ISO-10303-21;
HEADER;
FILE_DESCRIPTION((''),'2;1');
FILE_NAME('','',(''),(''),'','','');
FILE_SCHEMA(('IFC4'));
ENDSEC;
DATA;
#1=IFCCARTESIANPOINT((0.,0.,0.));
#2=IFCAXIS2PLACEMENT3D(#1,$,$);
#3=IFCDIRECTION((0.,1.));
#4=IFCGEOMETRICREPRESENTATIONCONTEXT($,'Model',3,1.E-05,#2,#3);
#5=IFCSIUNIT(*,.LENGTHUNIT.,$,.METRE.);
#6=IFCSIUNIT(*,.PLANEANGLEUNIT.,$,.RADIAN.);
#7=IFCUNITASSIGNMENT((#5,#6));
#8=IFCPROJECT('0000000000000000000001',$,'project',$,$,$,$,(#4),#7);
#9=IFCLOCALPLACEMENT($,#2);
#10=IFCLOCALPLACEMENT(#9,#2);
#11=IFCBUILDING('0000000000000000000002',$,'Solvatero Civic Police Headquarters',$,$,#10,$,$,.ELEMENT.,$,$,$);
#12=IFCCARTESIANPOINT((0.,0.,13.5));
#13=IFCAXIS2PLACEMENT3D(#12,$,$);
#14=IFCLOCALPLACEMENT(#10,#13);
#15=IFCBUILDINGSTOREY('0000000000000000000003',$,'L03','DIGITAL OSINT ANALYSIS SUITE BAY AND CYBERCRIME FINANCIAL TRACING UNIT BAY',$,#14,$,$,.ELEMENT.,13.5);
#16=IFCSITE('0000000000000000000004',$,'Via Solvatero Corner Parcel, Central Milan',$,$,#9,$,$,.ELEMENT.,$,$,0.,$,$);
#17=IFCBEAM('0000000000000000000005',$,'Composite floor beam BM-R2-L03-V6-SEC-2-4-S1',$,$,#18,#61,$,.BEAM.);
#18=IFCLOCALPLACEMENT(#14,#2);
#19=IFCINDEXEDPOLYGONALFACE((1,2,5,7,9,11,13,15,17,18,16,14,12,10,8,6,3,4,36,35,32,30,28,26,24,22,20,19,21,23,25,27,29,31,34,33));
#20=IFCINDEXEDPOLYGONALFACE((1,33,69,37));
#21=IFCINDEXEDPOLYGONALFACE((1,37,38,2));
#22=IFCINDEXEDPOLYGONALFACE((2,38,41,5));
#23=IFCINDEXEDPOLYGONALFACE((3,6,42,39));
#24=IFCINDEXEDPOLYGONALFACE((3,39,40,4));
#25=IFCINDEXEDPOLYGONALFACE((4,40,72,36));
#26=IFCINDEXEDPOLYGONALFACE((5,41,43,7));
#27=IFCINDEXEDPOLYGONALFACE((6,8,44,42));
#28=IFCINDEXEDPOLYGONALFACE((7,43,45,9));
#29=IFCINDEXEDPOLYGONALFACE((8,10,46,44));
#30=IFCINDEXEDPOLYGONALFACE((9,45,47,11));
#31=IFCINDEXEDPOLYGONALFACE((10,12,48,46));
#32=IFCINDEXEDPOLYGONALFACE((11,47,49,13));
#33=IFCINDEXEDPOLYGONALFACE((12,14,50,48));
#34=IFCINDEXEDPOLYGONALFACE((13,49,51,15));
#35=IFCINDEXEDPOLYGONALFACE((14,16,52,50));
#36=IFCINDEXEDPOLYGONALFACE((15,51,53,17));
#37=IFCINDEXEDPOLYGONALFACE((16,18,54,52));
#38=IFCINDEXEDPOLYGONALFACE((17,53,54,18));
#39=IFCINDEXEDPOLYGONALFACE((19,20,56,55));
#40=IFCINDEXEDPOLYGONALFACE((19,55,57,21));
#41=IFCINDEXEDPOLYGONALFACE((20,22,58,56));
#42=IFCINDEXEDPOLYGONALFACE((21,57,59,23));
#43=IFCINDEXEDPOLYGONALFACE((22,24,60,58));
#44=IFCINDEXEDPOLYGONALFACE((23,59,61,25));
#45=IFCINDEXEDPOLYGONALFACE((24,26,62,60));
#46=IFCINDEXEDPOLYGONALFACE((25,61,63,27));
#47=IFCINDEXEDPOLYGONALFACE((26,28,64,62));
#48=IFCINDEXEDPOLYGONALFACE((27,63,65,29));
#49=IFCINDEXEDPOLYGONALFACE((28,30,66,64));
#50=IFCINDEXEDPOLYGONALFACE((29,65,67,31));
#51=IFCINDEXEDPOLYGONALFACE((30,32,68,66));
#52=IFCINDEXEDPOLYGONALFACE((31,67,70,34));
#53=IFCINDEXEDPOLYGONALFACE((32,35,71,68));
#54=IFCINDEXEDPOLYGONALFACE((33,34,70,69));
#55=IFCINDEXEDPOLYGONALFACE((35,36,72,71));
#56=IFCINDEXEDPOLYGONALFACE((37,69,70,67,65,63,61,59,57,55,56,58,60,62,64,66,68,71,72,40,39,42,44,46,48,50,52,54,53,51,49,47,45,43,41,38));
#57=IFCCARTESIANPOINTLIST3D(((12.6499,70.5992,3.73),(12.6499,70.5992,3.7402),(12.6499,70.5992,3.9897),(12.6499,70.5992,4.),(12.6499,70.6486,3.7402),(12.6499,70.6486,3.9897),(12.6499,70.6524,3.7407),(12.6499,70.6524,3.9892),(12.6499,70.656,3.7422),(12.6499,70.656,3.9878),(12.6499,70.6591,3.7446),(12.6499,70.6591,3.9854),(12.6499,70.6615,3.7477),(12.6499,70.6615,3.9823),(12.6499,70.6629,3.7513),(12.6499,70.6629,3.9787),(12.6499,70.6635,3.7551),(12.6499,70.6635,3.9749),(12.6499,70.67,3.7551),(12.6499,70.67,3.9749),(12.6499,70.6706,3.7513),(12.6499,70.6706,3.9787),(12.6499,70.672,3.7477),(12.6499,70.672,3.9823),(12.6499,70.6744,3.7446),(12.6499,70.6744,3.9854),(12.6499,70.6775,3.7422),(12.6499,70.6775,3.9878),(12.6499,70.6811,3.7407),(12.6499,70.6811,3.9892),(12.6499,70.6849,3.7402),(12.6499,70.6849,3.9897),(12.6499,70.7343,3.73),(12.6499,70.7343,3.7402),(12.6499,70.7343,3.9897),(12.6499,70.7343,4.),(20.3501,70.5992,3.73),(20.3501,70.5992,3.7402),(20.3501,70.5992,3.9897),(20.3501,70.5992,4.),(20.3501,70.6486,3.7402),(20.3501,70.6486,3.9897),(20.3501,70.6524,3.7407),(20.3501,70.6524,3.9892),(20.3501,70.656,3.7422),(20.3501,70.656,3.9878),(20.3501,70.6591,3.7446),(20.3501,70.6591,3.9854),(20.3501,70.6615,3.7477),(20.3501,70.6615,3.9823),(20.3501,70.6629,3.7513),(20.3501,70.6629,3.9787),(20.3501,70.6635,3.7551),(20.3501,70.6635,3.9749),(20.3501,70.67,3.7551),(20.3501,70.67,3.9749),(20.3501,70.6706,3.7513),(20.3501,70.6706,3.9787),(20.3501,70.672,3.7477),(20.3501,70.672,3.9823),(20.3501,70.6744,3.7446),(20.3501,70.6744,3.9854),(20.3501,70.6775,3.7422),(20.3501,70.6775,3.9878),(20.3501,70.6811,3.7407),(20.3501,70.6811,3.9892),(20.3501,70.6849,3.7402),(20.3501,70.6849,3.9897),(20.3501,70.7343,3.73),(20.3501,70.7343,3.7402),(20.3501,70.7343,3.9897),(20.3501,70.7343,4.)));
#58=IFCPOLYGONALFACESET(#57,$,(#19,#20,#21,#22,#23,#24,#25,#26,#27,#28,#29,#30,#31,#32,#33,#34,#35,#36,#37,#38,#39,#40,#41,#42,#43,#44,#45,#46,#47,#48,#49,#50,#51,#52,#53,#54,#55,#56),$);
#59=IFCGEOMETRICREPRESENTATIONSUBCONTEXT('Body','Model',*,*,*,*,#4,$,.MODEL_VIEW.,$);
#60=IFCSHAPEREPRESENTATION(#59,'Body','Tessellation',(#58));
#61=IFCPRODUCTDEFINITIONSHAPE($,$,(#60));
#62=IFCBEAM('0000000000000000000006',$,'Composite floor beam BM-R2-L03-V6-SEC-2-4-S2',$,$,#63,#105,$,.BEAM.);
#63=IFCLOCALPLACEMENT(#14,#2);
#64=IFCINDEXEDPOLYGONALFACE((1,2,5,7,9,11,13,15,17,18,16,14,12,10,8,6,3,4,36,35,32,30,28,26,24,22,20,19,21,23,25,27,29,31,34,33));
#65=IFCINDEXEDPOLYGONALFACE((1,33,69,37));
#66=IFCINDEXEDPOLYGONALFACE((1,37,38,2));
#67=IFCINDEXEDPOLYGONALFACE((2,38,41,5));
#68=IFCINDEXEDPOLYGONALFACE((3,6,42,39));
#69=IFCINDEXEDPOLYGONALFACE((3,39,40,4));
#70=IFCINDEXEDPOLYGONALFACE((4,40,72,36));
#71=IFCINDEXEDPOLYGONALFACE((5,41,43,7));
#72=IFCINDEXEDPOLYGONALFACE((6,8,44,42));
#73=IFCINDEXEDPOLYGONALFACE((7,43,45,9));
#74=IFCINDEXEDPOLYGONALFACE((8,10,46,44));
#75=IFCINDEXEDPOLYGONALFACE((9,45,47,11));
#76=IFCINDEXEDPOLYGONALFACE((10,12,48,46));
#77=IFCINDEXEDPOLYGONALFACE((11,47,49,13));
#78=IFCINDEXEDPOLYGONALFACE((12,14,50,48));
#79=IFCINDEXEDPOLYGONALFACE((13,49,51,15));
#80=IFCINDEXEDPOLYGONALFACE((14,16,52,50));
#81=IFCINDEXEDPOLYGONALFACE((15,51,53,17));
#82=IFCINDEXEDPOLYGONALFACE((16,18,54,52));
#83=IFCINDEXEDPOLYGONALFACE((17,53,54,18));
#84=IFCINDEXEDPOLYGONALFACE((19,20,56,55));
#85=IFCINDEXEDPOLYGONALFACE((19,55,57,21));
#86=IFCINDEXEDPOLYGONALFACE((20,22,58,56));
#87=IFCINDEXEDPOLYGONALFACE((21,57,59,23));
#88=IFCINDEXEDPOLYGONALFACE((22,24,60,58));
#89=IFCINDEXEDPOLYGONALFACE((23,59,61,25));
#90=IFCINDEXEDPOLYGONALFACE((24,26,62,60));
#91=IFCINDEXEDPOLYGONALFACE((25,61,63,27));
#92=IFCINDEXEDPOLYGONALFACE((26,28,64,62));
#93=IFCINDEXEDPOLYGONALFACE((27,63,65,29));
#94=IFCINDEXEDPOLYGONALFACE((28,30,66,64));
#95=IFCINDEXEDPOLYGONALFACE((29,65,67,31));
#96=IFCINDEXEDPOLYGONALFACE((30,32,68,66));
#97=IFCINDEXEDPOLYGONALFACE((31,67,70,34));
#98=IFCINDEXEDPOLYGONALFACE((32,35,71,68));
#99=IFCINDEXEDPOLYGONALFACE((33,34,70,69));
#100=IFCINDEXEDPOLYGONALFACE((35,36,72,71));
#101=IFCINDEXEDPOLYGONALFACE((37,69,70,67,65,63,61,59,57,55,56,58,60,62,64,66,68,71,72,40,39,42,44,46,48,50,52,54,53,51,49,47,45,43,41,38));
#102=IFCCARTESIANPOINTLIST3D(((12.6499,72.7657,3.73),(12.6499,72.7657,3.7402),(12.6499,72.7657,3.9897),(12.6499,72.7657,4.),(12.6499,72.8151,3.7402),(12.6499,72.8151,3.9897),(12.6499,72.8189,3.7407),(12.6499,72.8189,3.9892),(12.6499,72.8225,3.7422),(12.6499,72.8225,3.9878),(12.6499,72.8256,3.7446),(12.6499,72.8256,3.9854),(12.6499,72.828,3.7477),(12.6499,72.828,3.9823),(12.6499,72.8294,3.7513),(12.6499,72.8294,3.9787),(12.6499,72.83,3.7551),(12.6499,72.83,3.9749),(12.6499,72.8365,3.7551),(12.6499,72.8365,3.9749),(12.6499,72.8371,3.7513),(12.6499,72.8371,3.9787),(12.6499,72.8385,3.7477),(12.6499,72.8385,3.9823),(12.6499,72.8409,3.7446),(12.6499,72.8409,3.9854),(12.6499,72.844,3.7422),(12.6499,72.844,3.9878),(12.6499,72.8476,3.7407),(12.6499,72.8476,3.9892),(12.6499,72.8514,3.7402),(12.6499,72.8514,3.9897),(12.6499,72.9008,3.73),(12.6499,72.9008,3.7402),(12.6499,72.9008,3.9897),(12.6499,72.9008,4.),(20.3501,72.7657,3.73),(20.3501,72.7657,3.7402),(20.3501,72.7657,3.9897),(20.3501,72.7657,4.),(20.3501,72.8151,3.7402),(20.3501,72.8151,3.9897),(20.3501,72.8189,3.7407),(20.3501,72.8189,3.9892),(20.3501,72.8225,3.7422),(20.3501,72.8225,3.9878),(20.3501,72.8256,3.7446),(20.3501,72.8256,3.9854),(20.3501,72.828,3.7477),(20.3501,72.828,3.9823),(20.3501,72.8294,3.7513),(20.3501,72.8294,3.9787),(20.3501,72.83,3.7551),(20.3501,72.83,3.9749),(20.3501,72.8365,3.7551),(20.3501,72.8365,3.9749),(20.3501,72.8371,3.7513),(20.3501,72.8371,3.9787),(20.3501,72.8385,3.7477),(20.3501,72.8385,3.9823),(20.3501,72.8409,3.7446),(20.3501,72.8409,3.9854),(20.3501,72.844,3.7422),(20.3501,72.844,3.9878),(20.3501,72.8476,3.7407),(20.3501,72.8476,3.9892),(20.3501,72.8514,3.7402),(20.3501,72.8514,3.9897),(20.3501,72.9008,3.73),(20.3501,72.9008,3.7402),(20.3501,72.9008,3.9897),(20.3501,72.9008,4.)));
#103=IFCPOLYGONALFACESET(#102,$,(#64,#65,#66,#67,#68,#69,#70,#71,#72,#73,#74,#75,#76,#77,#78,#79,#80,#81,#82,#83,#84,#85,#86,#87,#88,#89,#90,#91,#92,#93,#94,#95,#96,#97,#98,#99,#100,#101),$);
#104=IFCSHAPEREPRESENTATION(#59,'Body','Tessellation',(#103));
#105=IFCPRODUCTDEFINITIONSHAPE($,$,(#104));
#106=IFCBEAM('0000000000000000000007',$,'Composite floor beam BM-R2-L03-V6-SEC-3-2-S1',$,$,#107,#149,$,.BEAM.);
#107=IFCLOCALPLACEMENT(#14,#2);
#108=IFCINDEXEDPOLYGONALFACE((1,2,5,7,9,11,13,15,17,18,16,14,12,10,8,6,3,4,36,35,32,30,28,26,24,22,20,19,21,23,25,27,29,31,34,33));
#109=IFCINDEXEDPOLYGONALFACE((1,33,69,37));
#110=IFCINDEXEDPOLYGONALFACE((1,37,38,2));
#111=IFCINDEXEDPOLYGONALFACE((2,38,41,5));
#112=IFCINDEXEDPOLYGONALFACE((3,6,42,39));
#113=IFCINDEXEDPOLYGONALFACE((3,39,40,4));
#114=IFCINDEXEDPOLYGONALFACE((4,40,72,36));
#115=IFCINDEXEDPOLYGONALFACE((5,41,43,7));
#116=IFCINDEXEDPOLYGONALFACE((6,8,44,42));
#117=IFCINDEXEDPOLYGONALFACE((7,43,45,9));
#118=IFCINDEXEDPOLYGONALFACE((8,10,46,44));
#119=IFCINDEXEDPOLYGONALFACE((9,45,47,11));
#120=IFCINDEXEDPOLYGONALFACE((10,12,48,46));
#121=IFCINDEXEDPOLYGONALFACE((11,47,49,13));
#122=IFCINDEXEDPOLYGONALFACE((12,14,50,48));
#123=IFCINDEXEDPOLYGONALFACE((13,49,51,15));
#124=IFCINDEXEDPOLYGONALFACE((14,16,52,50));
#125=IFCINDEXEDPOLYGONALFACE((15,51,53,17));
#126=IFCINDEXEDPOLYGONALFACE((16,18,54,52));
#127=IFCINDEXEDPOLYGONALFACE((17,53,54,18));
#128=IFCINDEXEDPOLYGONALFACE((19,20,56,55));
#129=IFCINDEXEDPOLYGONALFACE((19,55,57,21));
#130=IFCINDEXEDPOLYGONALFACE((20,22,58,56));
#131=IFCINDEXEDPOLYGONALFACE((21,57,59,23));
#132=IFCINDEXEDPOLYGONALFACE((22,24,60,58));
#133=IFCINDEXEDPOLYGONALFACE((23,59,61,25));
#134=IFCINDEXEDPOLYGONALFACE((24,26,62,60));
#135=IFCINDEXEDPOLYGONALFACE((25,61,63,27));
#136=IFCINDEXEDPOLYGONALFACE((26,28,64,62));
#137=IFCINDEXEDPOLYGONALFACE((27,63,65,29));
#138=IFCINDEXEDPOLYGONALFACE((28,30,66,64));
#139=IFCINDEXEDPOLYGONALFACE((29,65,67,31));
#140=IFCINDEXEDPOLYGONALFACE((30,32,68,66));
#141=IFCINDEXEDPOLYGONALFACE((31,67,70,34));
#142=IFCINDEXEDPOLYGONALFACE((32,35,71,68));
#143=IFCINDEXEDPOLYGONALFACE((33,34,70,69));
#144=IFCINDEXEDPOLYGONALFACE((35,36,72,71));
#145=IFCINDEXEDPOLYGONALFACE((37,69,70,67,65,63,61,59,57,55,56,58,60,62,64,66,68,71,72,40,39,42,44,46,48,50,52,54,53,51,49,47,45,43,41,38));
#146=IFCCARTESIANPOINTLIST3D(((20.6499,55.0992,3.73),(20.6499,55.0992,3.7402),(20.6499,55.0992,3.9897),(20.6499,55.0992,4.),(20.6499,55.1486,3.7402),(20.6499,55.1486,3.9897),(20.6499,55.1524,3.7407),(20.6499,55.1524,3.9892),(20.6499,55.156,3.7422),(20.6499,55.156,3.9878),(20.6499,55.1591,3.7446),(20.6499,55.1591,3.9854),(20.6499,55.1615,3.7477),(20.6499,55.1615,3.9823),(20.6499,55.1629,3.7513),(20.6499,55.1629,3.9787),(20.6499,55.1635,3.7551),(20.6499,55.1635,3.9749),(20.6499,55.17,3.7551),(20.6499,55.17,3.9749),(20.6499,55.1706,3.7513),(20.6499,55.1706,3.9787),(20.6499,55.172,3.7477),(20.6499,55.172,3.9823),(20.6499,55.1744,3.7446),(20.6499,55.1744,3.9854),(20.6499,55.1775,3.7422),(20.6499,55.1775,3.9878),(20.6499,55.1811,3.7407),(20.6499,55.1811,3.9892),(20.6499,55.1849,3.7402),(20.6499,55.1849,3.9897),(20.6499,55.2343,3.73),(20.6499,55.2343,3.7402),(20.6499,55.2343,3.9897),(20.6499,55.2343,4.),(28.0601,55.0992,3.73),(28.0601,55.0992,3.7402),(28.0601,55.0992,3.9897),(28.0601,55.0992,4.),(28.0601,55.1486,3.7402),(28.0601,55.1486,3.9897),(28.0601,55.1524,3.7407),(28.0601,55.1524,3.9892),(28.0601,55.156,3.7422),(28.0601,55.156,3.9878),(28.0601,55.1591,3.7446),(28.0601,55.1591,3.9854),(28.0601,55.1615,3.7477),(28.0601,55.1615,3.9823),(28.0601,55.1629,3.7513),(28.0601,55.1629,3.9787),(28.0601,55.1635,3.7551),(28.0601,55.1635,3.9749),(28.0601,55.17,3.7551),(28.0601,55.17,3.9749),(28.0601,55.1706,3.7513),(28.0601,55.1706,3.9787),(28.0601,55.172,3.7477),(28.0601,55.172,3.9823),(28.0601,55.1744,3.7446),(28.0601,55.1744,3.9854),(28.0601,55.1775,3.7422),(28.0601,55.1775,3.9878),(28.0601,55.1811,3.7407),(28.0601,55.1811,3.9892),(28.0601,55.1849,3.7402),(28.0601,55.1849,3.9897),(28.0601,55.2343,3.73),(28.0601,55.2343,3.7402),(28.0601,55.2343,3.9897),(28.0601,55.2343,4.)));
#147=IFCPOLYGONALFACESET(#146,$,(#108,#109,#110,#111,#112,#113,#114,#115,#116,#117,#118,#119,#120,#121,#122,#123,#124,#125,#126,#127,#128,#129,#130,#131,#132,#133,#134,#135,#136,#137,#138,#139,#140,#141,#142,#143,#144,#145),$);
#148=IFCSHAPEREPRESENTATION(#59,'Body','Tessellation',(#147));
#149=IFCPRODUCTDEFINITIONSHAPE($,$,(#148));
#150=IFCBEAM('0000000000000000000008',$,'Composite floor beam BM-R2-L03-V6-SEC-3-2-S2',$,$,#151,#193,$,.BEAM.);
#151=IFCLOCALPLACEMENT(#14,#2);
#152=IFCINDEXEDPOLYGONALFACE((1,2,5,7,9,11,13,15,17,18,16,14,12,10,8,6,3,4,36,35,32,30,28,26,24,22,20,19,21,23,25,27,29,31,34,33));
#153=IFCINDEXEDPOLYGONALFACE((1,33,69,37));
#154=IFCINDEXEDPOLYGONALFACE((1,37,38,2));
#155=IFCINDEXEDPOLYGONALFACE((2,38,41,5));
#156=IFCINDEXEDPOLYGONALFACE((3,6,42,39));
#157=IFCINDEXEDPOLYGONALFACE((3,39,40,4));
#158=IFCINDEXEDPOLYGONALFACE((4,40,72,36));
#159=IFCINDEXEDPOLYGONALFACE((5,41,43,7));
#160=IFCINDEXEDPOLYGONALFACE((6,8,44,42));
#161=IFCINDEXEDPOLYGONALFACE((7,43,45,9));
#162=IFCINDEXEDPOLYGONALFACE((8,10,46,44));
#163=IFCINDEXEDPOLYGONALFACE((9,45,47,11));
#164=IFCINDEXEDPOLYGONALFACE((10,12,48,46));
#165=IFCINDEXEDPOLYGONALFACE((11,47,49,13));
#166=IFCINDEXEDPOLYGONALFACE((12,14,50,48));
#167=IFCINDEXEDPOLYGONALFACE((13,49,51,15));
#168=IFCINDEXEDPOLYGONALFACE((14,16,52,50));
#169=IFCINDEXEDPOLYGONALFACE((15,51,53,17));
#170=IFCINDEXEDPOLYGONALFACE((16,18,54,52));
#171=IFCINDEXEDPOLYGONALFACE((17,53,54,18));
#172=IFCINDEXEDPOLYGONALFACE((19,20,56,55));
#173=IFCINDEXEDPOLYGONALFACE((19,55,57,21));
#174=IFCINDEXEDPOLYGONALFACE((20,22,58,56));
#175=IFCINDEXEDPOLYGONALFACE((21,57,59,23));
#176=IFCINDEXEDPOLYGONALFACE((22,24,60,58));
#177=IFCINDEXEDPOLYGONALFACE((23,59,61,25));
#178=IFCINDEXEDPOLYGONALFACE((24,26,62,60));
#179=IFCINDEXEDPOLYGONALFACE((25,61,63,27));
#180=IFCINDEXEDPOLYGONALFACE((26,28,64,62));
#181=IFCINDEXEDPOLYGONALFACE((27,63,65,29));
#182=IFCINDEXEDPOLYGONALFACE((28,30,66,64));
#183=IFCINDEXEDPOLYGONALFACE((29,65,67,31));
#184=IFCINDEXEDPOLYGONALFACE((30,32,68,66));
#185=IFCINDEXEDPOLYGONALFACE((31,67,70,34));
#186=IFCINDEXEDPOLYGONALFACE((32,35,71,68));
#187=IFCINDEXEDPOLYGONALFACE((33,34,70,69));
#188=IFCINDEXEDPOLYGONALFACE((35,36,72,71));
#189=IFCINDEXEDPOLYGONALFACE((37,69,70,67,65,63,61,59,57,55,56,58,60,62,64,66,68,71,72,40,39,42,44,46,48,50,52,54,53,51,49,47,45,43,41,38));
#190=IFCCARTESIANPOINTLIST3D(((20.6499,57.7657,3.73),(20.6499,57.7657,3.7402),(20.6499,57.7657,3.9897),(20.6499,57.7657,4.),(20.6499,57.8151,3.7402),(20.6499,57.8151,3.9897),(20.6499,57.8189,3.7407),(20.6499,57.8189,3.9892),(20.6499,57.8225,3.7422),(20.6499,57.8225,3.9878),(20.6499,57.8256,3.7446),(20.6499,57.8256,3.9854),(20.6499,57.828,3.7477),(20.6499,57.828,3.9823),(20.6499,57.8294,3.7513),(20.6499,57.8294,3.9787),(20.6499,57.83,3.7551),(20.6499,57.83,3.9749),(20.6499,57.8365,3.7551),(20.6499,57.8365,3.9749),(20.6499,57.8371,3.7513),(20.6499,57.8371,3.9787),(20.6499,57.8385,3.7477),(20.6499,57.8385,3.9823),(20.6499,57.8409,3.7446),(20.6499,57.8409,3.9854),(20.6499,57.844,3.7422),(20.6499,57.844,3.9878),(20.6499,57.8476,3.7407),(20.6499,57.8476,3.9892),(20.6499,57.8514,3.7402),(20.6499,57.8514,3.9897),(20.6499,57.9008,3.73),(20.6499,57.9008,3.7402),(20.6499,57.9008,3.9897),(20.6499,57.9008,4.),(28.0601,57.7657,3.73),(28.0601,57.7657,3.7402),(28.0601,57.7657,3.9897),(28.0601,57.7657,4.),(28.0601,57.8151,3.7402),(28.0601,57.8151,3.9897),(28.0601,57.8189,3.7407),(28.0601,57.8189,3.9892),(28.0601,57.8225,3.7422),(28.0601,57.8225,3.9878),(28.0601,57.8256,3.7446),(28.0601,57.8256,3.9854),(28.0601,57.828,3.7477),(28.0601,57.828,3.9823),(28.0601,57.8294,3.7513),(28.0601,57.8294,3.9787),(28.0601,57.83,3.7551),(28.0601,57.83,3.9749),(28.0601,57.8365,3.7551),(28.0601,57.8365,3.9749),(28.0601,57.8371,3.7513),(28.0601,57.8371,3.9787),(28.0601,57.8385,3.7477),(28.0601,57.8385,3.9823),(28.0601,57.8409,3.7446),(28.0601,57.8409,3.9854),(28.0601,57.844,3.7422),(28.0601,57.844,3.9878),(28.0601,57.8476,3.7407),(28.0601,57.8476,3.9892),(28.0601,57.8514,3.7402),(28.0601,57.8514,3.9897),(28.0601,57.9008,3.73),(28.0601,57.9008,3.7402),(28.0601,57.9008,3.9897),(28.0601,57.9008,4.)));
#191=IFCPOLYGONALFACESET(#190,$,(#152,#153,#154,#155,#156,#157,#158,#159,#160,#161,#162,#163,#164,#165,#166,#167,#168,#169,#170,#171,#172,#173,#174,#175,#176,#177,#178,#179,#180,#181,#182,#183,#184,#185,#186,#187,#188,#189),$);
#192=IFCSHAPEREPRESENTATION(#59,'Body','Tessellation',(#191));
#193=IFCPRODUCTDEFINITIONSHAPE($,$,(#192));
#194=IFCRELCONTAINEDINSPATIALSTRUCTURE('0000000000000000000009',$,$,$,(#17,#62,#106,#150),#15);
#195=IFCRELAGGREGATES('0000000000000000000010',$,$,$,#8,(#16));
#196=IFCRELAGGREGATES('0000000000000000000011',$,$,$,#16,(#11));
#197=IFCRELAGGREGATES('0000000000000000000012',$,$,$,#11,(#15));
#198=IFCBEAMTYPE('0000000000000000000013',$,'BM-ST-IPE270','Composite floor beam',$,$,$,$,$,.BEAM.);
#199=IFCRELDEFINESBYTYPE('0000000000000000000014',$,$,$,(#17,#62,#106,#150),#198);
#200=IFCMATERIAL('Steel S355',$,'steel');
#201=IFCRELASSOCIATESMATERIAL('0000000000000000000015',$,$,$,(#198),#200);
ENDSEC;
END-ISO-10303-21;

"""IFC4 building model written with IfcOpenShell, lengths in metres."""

from ifc_helpers import new_model, si_unit, direction, frame, origin, origin_2d, place, context, subcontext, project, spatial, i_section, extrude, material, material_profile, profile_set, type_object, element, save


model = new_model("IFC4")

# Units and contexts
model_context = context("Model", 3, precision=1e-05, world=origin(), true_north=direction((0.0, 1.0)))
body_context = subcontext(model_context, "Body", "Model", "MODEL_VIEW")
ifc_project = project(units=[si_unit("LENGTHUNIT", "METRE"), si_unit("PLANEANGLEUNIT", "RADIAN")], contexts=[model_context])

# Site, building, storey
site_placement = place(None, origin())
site = spatial("IfcSite", under=ifc_project, at=site_placement, Name="Via Solvatero Corner Parcel, Central Milan", CompositionType="ELEMENT", RefElevation=0.0)
building_placement = place(site_placement, origin())
building = spatial("IfcBuilding", under=site, at=building_placement, Name="Solvatero Civic Police Headquarters", CompositionType="ELEMENT")
storey_placement = place(building_placement, frame((0.0, 0.0, 13.5)))
storey = spatial("IfcBuildingStorey", under=building, at=storey_placement, Name="L03", Description="DIGITAL OSINT ANALYSIS SUITE BAY AND CYBERCRIME FINANCIAL TRACING UNIT BAY", CompositionType="ELEMENT", Elevation=13.5)

# Shared definitions
ifc_material_1 = material(Name="Steel S355", Category="steel")

# Beams
ifc_material_profile_1 = material_profile(ifc_material_1, i_section(OverallWidth=0.135, OverallDepth=0.27, WebThickness=0.0066, FlangeThickness=0.0103, FilletRadius=0.0149, at=origin_2d()), Name="IPE 270")
ifc_profile_set_1 = profile_set([ifc_material_profile_1], Name="Steel S355")
beam_type_1 = type_object("IfcBeamType", Name="BM-ST-IPE270", Description="Composite floor beam", PredefinedType="BEAM", material=ifc_profile_set_1)
for number, where, z_axis, x_axis, name in (
    (1, (12.6499, 70.6667, 3.865), (1.0, 0.0, 0.0), (0.0, 1.0, 0.0), "Composite floor beam BM-R2-L03-V6-SEC-2-4-S1"),
    (2, (12.6499, 72.8333, 3.865), (1.0, 0.0, 0.0), (0.0, 1.0, 0.0), "Composite floor beam BM-R2-L03-V6-SEC-2-4-S2"),
):
    element("IfcBeam", number, at=place(storey_placement, frame(where, z_axis=z_axis, x_axis=x_axis)), inside=storey, type_object=beam_type_1, Name=name, PredefinedType="BEAM", context=body_context, shape_type="SweptSolid", body=[
        extrude(i_section(OverallWidth=0.135, OverallDepth=0.27, WebThickness=0.0066, FlangeThickness=0.0103, FilletRadius=0.0149, at=origin_2d()), origin(), (0.0, 0.0, 1.0), 7.7002),
    ])
for number, where, z_axis, x_axis, name in (
    (3, (20.6499, 55.1667, 3.865), (1.0, 0.0, 0.0), (0.0, 1.0, 0.0), "Composite floor beam BM-R2-L03-V6-SEC-3-2-S1"),
    (4, (20.6499, 57.8333, 3.865), (1.0, 0.0, 0.0), (0.0, 1.0, 0.0), "Composite floor beam BM-R2-L03-V6-SEC-3-2-S2"),
):
    element("IfcBeam", number, at=place(storey_placement, frame(where, z_axis=z_axis, x_axis=x_axis)), inside=storey, type_object=beam_type_1, Name=name, PredefinedType="BEAM", context=body_context, shape_type="SweptSolid", body=[
        extrude(i_section(OverallWidth=0.135, OverallDepth=0.27, WebThickness=0.0066, FlangeThickness=0.0103, FilletRadius=0.0149, at=origin_2d()), origin(), (0.0, 0.0, 1.0), 7.4102),
    ])

save(model, "model.ifc")
